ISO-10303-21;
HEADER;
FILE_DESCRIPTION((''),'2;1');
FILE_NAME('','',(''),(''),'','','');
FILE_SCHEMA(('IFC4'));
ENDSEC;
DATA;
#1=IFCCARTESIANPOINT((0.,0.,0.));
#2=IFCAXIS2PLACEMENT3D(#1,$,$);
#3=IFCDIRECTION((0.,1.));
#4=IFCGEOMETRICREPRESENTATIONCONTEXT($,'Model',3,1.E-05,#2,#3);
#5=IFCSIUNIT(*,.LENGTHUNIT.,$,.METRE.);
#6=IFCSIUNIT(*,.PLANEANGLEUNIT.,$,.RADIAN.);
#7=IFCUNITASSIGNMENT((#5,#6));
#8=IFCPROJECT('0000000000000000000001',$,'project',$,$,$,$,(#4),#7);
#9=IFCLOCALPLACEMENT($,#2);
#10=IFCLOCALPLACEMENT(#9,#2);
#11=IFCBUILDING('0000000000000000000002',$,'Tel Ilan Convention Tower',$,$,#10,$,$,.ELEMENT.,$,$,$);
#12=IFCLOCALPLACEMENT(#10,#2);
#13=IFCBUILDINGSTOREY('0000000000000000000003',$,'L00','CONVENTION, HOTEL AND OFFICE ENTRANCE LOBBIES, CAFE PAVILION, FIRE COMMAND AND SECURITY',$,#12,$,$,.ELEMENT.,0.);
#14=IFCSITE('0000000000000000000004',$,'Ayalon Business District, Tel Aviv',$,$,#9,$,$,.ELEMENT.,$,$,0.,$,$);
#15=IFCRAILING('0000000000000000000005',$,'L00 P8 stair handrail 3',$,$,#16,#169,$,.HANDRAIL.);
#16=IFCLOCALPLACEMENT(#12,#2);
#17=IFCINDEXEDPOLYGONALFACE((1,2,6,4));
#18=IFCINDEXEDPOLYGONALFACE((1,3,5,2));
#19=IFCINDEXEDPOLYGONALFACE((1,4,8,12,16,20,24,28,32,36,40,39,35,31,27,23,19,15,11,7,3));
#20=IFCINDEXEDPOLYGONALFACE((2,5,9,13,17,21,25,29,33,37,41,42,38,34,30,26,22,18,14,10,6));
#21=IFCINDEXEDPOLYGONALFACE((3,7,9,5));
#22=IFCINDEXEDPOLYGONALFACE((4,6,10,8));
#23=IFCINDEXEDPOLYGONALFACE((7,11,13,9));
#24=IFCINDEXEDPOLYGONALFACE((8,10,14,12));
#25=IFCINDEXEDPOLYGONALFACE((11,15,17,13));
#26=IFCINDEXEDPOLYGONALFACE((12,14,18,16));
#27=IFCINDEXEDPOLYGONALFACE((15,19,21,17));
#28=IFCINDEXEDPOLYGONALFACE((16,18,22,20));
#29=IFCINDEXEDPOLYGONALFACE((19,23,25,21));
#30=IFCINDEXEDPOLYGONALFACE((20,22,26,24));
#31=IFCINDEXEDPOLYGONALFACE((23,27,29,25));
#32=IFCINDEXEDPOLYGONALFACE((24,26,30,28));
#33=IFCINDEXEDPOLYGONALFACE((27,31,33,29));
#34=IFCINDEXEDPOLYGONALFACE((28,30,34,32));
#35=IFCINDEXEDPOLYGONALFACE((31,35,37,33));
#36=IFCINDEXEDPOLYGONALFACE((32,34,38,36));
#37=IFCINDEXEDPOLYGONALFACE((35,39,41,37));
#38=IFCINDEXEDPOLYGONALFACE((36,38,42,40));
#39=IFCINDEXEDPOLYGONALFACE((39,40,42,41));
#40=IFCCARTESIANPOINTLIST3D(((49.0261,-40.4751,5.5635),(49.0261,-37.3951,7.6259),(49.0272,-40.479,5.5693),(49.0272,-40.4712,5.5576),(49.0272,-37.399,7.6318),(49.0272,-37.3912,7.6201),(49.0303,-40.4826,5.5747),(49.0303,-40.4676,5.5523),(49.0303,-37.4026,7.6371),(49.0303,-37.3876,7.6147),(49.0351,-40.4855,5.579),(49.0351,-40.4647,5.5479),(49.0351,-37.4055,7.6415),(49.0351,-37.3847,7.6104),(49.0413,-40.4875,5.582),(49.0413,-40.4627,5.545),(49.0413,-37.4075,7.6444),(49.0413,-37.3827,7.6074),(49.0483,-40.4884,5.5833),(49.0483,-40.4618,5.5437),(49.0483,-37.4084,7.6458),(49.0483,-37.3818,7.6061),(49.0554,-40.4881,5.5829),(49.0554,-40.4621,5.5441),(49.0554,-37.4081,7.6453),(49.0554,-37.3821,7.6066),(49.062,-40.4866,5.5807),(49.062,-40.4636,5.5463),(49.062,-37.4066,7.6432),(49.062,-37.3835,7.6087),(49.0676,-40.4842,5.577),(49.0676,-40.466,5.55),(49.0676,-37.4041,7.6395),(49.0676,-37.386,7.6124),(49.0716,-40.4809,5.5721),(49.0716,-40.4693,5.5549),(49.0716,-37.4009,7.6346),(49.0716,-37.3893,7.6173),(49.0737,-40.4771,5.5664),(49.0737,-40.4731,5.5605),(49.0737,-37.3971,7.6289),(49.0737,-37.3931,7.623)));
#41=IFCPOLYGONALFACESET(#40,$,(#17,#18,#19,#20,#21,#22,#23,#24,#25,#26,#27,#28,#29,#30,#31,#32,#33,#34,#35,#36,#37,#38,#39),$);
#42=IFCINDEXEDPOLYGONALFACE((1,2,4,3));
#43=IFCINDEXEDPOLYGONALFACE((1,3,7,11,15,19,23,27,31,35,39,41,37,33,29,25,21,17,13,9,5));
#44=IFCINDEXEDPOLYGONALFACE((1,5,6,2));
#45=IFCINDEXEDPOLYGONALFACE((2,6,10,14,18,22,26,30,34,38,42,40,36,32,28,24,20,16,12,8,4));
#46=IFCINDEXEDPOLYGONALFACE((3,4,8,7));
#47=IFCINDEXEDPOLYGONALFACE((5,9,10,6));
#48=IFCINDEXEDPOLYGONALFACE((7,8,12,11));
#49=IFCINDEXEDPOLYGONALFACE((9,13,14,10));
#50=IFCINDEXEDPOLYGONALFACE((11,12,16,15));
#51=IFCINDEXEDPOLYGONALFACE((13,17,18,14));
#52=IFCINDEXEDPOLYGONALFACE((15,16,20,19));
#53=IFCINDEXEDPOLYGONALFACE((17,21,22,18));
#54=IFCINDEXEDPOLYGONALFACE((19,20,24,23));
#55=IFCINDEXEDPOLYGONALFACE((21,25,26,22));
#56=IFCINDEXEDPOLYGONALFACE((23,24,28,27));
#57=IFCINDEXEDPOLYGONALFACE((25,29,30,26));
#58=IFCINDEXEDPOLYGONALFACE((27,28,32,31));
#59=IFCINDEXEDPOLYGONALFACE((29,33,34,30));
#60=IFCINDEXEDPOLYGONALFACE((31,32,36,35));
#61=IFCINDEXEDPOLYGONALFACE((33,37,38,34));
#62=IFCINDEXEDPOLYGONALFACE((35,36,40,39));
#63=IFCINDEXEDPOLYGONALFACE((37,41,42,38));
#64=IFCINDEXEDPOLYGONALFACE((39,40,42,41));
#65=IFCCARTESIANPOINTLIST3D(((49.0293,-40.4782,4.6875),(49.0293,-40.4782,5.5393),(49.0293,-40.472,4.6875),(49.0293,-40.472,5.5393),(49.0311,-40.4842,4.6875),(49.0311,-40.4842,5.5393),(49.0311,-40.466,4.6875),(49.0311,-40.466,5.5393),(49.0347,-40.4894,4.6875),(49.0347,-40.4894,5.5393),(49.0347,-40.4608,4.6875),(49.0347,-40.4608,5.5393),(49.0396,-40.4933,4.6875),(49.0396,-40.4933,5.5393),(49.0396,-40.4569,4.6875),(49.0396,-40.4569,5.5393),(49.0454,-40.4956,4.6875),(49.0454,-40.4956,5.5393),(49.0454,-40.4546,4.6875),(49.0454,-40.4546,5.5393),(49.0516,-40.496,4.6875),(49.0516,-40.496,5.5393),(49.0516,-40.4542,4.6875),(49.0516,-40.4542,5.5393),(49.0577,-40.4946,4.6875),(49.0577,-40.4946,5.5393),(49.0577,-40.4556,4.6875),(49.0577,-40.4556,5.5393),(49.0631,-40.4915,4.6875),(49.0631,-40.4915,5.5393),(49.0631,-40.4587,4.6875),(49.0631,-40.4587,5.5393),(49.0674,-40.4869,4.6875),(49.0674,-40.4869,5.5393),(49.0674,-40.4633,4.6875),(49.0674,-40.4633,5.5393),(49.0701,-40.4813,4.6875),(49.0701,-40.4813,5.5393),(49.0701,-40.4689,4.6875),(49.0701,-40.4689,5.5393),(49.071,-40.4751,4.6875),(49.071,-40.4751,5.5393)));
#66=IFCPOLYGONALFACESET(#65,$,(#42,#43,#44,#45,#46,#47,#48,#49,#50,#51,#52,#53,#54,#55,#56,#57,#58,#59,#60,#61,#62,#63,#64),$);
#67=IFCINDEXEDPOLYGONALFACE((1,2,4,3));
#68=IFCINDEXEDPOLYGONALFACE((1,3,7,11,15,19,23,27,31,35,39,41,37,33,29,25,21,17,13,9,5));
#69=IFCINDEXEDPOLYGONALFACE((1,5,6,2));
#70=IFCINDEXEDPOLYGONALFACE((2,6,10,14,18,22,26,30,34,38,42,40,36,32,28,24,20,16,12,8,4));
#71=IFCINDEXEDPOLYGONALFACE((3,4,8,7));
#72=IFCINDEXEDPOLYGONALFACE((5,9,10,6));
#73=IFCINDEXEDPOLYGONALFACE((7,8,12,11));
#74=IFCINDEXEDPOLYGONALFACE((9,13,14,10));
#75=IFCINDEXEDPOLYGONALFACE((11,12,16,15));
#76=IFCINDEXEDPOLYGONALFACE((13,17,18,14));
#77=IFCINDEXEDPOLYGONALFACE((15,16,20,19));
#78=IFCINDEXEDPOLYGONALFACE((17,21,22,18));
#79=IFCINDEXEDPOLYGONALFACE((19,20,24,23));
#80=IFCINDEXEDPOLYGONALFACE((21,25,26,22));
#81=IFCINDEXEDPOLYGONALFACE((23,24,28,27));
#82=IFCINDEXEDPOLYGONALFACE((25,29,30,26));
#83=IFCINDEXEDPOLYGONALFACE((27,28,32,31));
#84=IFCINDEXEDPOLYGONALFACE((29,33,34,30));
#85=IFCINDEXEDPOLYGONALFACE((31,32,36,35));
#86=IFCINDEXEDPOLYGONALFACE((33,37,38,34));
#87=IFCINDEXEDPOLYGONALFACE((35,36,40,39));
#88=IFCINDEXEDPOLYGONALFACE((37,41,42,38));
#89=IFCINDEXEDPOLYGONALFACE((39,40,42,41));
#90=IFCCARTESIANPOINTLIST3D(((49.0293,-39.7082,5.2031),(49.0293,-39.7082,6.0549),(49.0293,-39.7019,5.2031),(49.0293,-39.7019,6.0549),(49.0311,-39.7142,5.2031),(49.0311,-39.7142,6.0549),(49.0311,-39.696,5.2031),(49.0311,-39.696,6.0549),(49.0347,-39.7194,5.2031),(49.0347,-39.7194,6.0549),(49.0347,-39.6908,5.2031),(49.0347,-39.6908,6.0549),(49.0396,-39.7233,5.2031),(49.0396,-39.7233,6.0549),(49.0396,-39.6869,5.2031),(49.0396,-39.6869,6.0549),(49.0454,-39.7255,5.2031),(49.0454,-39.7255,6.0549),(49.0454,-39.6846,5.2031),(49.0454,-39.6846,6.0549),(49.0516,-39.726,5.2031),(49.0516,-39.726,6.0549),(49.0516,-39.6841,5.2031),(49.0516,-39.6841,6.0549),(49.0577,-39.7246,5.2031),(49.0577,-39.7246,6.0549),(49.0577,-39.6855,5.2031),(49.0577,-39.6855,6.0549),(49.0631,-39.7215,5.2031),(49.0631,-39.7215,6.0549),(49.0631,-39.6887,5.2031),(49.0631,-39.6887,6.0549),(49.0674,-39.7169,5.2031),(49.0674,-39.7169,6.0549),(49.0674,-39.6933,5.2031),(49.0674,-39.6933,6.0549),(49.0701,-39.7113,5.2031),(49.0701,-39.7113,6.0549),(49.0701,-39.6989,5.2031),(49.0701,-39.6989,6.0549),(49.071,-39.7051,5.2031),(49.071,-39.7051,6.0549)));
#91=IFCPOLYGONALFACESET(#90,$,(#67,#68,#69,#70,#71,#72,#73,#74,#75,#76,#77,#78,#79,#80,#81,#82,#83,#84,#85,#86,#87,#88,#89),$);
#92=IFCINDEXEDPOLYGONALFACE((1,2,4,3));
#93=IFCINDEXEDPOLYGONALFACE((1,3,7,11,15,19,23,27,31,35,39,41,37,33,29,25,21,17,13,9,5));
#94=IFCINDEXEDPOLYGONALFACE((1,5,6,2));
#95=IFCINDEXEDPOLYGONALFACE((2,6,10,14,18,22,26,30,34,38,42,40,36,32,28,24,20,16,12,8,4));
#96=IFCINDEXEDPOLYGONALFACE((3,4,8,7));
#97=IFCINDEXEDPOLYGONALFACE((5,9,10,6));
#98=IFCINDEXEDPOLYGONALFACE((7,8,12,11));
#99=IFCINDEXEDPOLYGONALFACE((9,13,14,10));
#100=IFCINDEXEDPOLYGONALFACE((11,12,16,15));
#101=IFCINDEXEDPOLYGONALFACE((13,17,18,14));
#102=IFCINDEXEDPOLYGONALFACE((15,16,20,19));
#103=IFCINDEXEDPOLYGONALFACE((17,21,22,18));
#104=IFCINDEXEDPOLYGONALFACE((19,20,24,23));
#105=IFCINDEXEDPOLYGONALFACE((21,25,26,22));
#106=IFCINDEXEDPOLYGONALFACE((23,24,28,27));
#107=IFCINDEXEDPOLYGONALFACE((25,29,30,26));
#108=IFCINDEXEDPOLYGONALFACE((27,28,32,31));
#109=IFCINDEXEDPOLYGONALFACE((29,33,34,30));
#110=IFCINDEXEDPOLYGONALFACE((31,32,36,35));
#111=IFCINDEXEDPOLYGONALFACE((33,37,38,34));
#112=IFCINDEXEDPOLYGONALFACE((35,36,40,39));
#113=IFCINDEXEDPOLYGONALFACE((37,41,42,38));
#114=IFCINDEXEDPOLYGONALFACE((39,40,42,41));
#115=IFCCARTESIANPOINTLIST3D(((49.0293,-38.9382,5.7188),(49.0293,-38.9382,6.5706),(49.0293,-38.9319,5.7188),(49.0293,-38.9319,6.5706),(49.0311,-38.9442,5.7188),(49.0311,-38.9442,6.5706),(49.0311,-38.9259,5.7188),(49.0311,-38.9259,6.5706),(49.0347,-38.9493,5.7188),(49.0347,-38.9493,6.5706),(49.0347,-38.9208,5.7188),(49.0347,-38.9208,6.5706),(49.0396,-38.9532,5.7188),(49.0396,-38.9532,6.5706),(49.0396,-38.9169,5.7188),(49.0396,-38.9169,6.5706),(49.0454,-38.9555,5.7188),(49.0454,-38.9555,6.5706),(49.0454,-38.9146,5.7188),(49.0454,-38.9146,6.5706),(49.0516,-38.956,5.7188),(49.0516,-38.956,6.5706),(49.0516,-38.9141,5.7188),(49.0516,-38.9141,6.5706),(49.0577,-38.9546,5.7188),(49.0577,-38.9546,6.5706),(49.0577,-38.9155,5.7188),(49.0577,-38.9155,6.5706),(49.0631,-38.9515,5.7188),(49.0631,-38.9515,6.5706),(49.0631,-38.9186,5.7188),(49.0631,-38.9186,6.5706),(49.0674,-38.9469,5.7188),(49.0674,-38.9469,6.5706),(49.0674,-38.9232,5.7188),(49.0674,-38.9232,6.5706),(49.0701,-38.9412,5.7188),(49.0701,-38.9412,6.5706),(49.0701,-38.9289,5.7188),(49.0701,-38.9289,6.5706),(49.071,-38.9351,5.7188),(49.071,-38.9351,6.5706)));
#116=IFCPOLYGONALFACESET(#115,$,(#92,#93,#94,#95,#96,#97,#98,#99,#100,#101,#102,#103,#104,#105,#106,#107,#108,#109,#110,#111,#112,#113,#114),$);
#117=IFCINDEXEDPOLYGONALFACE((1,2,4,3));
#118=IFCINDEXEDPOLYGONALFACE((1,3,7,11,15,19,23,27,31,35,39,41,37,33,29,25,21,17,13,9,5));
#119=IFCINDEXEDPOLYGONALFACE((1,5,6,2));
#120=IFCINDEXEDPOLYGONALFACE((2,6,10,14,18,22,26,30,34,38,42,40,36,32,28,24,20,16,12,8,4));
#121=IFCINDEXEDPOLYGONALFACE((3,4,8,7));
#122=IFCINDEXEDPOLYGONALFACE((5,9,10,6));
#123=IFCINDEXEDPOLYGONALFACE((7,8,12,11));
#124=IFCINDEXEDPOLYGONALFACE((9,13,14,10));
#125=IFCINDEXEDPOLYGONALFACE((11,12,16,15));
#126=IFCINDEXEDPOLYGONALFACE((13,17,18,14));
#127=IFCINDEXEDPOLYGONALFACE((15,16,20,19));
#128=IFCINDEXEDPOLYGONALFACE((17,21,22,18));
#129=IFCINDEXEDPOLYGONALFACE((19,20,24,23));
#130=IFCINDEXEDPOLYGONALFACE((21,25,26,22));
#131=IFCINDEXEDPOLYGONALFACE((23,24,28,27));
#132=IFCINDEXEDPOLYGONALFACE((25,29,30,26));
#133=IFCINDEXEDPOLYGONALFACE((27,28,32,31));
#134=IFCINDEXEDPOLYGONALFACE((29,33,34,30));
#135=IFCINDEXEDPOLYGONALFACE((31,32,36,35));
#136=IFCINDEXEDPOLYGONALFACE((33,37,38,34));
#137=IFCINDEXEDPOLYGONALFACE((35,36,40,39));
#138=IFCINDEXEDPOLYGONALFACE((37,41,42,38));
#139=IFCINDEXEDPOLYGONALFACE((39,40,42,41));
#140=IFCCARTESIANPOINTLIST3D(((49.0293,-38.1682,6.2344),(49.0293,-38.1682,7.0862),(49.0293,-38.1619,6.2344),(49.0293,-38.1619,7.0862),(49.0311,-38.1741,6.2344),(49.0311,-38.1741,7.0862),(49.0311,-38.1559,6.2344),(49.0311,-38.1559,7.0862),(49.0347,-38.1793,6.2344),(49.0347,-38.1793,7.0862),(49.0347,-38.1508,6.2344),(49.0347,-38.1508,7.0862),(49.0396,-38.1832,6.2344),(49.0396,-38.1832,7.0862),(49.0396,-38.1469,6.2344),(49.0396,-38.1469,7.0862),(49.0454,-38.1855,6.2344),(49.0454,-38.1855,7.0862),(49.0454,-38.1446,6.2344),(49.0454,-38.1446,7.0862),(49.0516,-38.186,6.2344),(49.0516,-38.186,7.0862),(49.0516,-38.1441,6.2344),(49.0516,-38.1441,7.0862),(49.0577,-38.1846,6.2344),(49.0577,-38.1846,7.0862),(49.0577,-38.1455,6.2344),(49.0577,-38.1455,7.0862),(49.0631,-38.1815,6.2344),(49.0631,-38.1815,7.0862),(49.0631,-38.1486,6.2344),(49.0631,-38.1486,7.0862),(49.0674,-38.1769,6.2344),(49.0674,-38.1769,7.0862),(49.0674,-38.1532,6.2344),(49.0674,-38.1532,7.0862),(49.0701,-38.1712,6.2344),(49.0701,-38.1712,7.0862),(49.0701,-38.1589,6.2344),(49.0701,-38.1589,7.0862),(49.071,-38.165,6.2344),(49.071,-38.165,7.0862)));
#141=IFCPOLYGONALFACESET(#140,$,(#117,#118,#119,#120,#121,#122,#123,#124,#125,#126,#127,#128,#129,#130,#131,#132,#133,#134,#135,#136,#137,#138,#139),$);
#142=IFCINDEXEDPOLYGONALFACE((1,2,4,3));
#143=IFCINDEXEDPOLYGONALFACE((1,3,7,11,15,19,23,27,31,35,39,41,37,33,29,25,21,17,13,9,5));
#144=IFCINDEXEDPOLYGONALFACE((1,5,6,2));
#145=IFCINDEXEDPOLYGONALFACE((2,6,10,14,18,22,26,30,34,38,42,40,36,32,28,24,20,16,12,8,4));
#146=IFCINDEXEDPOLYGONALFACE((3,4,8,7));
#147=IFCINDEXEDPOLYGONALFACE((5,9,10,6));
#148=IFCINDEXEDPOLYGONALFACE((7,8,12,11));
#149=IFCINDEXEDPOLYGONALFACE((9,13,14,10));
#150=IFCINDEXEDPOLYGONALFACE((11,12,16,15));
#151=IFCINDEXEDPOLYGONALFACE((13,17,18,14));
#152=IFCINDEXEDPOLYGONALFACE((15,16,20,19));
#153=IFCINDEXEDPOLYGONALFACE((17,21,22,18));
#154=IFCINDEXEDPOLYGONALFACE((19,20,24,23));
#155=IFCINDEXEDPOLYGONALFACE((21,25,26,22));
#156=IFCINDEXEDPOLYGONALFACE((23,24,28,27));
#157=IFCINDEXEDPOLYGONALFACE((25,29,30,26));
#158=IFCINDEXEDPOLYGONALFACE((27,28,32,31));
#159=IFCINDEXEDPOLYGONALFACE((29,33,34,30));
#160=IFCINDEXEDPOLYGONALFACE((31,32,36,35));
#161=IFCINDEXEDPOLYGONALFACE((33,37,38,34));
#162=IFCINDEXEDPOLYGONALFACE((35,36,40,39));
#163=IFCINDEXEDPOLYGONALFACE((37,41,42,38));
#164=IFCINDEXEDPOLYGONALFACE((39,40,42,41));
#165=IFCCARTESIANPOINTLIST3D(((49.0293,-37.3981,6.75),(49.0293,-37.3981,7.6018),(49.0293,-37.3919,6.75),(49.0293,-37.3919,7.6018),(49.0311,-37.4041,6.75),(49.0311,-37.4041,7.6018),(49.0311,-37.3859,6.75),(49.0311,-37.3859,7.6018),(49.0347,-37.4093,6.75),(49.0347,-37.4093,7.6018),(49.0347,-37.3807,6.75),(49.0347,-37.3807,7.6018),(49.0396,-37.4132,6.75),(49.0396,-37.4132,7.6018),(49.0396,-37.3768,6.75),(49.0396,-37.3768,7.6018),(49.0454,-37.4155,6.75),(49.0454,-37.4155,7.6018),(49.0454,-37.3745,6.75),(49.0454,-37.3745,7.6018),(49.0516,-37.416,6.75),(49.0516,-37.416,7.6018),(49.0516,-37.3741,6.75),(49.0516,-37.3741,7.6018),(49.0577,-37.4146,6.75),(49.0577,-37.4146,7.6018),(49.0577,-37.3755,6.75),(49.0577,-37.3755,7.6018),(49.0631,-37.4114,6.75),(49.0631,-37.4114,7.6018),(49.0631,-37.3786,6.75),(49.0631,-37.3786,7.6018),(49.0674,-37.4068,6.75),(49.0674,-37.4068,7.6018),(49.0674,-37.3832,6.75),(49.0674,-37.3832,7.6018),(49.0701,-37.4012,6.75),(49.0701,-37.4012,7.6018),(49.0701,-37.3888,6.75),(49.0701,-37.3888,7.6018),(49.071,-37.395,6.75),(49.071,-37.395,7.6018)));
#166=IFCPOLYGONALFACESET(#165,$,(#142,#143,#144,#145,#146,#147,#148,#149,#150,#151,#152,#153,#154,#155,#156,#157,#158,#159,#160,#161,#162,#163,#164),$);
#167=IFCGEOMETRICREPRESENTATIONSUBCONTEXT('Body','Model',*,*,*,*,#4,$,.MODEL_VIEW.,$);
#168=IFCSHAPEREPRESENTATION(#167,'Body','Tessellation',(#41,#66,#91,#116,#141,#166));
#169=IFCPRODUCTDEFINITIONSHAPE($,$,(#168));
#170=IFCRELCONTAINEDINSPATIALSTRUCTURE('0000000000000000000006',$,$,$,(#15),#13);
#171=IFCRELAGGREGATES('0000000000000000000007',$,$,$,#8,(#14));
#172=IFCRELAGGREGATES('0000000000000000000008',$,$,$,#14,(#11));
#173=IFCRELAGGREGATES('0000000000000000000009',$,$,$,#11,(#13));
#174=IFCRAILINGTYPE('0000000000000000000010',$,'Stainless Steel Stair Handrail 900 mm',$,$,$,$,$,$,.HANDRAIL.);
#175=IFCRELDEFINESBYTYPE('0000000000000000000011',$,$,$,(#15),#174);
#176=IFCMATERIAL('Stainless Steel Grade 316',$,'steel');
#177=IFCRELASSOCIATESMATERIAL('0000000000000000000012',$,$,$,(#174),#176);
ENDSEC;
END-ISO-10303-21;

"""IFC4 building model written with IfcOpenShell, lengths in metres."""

from ifc_helpers import new_model, si_unit, direction, frame, origin, origin_2d, place, context, subcontext, project, spatial, circle, extrude, material, type_object, element, save


model = new_model("IFC4")

# Units and contexts
model_context = context("Model", 3, precision=1e-05, world=origin(), true_north=direction((0.0, 1.0)))
body_context = subcontext(model_context, "Body", "Model", "MODEL_VIEW")
ifc_project = project(units=[si_unit("LENGTHUNIT", "METRE"), si_unit("PLANEANGLEUNIT", "RADIAN")], contexts=[model_context])

# Site, building, storey
site_placement = place(None, origin())
site = spatial("IfcSite", under=ifc_project, at=site_placement, Name="Ayalon Business District, Tel Aviv", CompositionType="ELEMENT", RefElevation=0.0)
building_placement = place(site_placement, origin())
building = spatial("IfcBuilding", under=site, at=building_placement, Name="Tel Ilan Convention Tower", CompositionType="ELEMENT")
storey_placement = place(building_placement, origin())
storey = spatial("IfcBuildingStorey", under=building, at=storey_placement, Name="L00", Description="CONVENTION, HOTEL AND OFFICE ENTRANCE LOBBIES, CAFE PAVILION, FIRE COMMAND AND SECURITY", CompositionType="ELEMENT", Elevation=0.0)

# Railing
ifc_material_1 = material(Name="Stainless Steel Grade 316", Category="steel")
railing_type_1 = type_object("IfcRailingType", Name="Stainless Steel Stair Handrail 900 mm", PredefinedType="HANDRAIL", material=ifc_material_1)
for number, where, name in (
    (1, (49.05, -40.4751, 4.6875), "L00 P8 stair handrail 3"),
):
    element("IfcRailing", number, at=place(storey_placement, frame(where)), inside=storey, type_object=railing_type_1, Name=name, PredefinedType="HANDRAIL", context=body_context, shape_type="SweptSolid", body=[
        extrude(circle(Radius=0.0239, at=origin_2d()), frame((0.0, 0.0, 0.876), z_axis=(0.0, 0.830914, 0.556401), x_axis=(-1.0, 0.0, 0.0)), (0.0, 0.0, 1.0), 3.7068),
        extrude(circle(Radius=0.021, at=origin_2d()), origin(), (0.0, 0.0, 1.0), 0.8518),
        extrude(circle(Radius=0.021, at=origin_2d()), frame((0.0, 0.77, 0.5156)), (0.0, 0.0, 1.0), 0.8518),
        extrude(circle(Radius=0.021, at=origin_2d()), frame((0.0, 1.54, 1.0312)), (0.0, 0.0, 1.0), 0.8518),
        extrude(circle(Radius=0.021, at=origin_2d()), frame((0.0, 2.3101, 1.5469)), (0.0, 0.0, 1.0), 0.8518),
        extrude(circle(Radius=0.021, at=origin_2d()), frame((0.0, 3.0801, 2.0625)), (0.0, 0.0, 1.0), 0.8518),
    ])

save(model, "model.ifc")
